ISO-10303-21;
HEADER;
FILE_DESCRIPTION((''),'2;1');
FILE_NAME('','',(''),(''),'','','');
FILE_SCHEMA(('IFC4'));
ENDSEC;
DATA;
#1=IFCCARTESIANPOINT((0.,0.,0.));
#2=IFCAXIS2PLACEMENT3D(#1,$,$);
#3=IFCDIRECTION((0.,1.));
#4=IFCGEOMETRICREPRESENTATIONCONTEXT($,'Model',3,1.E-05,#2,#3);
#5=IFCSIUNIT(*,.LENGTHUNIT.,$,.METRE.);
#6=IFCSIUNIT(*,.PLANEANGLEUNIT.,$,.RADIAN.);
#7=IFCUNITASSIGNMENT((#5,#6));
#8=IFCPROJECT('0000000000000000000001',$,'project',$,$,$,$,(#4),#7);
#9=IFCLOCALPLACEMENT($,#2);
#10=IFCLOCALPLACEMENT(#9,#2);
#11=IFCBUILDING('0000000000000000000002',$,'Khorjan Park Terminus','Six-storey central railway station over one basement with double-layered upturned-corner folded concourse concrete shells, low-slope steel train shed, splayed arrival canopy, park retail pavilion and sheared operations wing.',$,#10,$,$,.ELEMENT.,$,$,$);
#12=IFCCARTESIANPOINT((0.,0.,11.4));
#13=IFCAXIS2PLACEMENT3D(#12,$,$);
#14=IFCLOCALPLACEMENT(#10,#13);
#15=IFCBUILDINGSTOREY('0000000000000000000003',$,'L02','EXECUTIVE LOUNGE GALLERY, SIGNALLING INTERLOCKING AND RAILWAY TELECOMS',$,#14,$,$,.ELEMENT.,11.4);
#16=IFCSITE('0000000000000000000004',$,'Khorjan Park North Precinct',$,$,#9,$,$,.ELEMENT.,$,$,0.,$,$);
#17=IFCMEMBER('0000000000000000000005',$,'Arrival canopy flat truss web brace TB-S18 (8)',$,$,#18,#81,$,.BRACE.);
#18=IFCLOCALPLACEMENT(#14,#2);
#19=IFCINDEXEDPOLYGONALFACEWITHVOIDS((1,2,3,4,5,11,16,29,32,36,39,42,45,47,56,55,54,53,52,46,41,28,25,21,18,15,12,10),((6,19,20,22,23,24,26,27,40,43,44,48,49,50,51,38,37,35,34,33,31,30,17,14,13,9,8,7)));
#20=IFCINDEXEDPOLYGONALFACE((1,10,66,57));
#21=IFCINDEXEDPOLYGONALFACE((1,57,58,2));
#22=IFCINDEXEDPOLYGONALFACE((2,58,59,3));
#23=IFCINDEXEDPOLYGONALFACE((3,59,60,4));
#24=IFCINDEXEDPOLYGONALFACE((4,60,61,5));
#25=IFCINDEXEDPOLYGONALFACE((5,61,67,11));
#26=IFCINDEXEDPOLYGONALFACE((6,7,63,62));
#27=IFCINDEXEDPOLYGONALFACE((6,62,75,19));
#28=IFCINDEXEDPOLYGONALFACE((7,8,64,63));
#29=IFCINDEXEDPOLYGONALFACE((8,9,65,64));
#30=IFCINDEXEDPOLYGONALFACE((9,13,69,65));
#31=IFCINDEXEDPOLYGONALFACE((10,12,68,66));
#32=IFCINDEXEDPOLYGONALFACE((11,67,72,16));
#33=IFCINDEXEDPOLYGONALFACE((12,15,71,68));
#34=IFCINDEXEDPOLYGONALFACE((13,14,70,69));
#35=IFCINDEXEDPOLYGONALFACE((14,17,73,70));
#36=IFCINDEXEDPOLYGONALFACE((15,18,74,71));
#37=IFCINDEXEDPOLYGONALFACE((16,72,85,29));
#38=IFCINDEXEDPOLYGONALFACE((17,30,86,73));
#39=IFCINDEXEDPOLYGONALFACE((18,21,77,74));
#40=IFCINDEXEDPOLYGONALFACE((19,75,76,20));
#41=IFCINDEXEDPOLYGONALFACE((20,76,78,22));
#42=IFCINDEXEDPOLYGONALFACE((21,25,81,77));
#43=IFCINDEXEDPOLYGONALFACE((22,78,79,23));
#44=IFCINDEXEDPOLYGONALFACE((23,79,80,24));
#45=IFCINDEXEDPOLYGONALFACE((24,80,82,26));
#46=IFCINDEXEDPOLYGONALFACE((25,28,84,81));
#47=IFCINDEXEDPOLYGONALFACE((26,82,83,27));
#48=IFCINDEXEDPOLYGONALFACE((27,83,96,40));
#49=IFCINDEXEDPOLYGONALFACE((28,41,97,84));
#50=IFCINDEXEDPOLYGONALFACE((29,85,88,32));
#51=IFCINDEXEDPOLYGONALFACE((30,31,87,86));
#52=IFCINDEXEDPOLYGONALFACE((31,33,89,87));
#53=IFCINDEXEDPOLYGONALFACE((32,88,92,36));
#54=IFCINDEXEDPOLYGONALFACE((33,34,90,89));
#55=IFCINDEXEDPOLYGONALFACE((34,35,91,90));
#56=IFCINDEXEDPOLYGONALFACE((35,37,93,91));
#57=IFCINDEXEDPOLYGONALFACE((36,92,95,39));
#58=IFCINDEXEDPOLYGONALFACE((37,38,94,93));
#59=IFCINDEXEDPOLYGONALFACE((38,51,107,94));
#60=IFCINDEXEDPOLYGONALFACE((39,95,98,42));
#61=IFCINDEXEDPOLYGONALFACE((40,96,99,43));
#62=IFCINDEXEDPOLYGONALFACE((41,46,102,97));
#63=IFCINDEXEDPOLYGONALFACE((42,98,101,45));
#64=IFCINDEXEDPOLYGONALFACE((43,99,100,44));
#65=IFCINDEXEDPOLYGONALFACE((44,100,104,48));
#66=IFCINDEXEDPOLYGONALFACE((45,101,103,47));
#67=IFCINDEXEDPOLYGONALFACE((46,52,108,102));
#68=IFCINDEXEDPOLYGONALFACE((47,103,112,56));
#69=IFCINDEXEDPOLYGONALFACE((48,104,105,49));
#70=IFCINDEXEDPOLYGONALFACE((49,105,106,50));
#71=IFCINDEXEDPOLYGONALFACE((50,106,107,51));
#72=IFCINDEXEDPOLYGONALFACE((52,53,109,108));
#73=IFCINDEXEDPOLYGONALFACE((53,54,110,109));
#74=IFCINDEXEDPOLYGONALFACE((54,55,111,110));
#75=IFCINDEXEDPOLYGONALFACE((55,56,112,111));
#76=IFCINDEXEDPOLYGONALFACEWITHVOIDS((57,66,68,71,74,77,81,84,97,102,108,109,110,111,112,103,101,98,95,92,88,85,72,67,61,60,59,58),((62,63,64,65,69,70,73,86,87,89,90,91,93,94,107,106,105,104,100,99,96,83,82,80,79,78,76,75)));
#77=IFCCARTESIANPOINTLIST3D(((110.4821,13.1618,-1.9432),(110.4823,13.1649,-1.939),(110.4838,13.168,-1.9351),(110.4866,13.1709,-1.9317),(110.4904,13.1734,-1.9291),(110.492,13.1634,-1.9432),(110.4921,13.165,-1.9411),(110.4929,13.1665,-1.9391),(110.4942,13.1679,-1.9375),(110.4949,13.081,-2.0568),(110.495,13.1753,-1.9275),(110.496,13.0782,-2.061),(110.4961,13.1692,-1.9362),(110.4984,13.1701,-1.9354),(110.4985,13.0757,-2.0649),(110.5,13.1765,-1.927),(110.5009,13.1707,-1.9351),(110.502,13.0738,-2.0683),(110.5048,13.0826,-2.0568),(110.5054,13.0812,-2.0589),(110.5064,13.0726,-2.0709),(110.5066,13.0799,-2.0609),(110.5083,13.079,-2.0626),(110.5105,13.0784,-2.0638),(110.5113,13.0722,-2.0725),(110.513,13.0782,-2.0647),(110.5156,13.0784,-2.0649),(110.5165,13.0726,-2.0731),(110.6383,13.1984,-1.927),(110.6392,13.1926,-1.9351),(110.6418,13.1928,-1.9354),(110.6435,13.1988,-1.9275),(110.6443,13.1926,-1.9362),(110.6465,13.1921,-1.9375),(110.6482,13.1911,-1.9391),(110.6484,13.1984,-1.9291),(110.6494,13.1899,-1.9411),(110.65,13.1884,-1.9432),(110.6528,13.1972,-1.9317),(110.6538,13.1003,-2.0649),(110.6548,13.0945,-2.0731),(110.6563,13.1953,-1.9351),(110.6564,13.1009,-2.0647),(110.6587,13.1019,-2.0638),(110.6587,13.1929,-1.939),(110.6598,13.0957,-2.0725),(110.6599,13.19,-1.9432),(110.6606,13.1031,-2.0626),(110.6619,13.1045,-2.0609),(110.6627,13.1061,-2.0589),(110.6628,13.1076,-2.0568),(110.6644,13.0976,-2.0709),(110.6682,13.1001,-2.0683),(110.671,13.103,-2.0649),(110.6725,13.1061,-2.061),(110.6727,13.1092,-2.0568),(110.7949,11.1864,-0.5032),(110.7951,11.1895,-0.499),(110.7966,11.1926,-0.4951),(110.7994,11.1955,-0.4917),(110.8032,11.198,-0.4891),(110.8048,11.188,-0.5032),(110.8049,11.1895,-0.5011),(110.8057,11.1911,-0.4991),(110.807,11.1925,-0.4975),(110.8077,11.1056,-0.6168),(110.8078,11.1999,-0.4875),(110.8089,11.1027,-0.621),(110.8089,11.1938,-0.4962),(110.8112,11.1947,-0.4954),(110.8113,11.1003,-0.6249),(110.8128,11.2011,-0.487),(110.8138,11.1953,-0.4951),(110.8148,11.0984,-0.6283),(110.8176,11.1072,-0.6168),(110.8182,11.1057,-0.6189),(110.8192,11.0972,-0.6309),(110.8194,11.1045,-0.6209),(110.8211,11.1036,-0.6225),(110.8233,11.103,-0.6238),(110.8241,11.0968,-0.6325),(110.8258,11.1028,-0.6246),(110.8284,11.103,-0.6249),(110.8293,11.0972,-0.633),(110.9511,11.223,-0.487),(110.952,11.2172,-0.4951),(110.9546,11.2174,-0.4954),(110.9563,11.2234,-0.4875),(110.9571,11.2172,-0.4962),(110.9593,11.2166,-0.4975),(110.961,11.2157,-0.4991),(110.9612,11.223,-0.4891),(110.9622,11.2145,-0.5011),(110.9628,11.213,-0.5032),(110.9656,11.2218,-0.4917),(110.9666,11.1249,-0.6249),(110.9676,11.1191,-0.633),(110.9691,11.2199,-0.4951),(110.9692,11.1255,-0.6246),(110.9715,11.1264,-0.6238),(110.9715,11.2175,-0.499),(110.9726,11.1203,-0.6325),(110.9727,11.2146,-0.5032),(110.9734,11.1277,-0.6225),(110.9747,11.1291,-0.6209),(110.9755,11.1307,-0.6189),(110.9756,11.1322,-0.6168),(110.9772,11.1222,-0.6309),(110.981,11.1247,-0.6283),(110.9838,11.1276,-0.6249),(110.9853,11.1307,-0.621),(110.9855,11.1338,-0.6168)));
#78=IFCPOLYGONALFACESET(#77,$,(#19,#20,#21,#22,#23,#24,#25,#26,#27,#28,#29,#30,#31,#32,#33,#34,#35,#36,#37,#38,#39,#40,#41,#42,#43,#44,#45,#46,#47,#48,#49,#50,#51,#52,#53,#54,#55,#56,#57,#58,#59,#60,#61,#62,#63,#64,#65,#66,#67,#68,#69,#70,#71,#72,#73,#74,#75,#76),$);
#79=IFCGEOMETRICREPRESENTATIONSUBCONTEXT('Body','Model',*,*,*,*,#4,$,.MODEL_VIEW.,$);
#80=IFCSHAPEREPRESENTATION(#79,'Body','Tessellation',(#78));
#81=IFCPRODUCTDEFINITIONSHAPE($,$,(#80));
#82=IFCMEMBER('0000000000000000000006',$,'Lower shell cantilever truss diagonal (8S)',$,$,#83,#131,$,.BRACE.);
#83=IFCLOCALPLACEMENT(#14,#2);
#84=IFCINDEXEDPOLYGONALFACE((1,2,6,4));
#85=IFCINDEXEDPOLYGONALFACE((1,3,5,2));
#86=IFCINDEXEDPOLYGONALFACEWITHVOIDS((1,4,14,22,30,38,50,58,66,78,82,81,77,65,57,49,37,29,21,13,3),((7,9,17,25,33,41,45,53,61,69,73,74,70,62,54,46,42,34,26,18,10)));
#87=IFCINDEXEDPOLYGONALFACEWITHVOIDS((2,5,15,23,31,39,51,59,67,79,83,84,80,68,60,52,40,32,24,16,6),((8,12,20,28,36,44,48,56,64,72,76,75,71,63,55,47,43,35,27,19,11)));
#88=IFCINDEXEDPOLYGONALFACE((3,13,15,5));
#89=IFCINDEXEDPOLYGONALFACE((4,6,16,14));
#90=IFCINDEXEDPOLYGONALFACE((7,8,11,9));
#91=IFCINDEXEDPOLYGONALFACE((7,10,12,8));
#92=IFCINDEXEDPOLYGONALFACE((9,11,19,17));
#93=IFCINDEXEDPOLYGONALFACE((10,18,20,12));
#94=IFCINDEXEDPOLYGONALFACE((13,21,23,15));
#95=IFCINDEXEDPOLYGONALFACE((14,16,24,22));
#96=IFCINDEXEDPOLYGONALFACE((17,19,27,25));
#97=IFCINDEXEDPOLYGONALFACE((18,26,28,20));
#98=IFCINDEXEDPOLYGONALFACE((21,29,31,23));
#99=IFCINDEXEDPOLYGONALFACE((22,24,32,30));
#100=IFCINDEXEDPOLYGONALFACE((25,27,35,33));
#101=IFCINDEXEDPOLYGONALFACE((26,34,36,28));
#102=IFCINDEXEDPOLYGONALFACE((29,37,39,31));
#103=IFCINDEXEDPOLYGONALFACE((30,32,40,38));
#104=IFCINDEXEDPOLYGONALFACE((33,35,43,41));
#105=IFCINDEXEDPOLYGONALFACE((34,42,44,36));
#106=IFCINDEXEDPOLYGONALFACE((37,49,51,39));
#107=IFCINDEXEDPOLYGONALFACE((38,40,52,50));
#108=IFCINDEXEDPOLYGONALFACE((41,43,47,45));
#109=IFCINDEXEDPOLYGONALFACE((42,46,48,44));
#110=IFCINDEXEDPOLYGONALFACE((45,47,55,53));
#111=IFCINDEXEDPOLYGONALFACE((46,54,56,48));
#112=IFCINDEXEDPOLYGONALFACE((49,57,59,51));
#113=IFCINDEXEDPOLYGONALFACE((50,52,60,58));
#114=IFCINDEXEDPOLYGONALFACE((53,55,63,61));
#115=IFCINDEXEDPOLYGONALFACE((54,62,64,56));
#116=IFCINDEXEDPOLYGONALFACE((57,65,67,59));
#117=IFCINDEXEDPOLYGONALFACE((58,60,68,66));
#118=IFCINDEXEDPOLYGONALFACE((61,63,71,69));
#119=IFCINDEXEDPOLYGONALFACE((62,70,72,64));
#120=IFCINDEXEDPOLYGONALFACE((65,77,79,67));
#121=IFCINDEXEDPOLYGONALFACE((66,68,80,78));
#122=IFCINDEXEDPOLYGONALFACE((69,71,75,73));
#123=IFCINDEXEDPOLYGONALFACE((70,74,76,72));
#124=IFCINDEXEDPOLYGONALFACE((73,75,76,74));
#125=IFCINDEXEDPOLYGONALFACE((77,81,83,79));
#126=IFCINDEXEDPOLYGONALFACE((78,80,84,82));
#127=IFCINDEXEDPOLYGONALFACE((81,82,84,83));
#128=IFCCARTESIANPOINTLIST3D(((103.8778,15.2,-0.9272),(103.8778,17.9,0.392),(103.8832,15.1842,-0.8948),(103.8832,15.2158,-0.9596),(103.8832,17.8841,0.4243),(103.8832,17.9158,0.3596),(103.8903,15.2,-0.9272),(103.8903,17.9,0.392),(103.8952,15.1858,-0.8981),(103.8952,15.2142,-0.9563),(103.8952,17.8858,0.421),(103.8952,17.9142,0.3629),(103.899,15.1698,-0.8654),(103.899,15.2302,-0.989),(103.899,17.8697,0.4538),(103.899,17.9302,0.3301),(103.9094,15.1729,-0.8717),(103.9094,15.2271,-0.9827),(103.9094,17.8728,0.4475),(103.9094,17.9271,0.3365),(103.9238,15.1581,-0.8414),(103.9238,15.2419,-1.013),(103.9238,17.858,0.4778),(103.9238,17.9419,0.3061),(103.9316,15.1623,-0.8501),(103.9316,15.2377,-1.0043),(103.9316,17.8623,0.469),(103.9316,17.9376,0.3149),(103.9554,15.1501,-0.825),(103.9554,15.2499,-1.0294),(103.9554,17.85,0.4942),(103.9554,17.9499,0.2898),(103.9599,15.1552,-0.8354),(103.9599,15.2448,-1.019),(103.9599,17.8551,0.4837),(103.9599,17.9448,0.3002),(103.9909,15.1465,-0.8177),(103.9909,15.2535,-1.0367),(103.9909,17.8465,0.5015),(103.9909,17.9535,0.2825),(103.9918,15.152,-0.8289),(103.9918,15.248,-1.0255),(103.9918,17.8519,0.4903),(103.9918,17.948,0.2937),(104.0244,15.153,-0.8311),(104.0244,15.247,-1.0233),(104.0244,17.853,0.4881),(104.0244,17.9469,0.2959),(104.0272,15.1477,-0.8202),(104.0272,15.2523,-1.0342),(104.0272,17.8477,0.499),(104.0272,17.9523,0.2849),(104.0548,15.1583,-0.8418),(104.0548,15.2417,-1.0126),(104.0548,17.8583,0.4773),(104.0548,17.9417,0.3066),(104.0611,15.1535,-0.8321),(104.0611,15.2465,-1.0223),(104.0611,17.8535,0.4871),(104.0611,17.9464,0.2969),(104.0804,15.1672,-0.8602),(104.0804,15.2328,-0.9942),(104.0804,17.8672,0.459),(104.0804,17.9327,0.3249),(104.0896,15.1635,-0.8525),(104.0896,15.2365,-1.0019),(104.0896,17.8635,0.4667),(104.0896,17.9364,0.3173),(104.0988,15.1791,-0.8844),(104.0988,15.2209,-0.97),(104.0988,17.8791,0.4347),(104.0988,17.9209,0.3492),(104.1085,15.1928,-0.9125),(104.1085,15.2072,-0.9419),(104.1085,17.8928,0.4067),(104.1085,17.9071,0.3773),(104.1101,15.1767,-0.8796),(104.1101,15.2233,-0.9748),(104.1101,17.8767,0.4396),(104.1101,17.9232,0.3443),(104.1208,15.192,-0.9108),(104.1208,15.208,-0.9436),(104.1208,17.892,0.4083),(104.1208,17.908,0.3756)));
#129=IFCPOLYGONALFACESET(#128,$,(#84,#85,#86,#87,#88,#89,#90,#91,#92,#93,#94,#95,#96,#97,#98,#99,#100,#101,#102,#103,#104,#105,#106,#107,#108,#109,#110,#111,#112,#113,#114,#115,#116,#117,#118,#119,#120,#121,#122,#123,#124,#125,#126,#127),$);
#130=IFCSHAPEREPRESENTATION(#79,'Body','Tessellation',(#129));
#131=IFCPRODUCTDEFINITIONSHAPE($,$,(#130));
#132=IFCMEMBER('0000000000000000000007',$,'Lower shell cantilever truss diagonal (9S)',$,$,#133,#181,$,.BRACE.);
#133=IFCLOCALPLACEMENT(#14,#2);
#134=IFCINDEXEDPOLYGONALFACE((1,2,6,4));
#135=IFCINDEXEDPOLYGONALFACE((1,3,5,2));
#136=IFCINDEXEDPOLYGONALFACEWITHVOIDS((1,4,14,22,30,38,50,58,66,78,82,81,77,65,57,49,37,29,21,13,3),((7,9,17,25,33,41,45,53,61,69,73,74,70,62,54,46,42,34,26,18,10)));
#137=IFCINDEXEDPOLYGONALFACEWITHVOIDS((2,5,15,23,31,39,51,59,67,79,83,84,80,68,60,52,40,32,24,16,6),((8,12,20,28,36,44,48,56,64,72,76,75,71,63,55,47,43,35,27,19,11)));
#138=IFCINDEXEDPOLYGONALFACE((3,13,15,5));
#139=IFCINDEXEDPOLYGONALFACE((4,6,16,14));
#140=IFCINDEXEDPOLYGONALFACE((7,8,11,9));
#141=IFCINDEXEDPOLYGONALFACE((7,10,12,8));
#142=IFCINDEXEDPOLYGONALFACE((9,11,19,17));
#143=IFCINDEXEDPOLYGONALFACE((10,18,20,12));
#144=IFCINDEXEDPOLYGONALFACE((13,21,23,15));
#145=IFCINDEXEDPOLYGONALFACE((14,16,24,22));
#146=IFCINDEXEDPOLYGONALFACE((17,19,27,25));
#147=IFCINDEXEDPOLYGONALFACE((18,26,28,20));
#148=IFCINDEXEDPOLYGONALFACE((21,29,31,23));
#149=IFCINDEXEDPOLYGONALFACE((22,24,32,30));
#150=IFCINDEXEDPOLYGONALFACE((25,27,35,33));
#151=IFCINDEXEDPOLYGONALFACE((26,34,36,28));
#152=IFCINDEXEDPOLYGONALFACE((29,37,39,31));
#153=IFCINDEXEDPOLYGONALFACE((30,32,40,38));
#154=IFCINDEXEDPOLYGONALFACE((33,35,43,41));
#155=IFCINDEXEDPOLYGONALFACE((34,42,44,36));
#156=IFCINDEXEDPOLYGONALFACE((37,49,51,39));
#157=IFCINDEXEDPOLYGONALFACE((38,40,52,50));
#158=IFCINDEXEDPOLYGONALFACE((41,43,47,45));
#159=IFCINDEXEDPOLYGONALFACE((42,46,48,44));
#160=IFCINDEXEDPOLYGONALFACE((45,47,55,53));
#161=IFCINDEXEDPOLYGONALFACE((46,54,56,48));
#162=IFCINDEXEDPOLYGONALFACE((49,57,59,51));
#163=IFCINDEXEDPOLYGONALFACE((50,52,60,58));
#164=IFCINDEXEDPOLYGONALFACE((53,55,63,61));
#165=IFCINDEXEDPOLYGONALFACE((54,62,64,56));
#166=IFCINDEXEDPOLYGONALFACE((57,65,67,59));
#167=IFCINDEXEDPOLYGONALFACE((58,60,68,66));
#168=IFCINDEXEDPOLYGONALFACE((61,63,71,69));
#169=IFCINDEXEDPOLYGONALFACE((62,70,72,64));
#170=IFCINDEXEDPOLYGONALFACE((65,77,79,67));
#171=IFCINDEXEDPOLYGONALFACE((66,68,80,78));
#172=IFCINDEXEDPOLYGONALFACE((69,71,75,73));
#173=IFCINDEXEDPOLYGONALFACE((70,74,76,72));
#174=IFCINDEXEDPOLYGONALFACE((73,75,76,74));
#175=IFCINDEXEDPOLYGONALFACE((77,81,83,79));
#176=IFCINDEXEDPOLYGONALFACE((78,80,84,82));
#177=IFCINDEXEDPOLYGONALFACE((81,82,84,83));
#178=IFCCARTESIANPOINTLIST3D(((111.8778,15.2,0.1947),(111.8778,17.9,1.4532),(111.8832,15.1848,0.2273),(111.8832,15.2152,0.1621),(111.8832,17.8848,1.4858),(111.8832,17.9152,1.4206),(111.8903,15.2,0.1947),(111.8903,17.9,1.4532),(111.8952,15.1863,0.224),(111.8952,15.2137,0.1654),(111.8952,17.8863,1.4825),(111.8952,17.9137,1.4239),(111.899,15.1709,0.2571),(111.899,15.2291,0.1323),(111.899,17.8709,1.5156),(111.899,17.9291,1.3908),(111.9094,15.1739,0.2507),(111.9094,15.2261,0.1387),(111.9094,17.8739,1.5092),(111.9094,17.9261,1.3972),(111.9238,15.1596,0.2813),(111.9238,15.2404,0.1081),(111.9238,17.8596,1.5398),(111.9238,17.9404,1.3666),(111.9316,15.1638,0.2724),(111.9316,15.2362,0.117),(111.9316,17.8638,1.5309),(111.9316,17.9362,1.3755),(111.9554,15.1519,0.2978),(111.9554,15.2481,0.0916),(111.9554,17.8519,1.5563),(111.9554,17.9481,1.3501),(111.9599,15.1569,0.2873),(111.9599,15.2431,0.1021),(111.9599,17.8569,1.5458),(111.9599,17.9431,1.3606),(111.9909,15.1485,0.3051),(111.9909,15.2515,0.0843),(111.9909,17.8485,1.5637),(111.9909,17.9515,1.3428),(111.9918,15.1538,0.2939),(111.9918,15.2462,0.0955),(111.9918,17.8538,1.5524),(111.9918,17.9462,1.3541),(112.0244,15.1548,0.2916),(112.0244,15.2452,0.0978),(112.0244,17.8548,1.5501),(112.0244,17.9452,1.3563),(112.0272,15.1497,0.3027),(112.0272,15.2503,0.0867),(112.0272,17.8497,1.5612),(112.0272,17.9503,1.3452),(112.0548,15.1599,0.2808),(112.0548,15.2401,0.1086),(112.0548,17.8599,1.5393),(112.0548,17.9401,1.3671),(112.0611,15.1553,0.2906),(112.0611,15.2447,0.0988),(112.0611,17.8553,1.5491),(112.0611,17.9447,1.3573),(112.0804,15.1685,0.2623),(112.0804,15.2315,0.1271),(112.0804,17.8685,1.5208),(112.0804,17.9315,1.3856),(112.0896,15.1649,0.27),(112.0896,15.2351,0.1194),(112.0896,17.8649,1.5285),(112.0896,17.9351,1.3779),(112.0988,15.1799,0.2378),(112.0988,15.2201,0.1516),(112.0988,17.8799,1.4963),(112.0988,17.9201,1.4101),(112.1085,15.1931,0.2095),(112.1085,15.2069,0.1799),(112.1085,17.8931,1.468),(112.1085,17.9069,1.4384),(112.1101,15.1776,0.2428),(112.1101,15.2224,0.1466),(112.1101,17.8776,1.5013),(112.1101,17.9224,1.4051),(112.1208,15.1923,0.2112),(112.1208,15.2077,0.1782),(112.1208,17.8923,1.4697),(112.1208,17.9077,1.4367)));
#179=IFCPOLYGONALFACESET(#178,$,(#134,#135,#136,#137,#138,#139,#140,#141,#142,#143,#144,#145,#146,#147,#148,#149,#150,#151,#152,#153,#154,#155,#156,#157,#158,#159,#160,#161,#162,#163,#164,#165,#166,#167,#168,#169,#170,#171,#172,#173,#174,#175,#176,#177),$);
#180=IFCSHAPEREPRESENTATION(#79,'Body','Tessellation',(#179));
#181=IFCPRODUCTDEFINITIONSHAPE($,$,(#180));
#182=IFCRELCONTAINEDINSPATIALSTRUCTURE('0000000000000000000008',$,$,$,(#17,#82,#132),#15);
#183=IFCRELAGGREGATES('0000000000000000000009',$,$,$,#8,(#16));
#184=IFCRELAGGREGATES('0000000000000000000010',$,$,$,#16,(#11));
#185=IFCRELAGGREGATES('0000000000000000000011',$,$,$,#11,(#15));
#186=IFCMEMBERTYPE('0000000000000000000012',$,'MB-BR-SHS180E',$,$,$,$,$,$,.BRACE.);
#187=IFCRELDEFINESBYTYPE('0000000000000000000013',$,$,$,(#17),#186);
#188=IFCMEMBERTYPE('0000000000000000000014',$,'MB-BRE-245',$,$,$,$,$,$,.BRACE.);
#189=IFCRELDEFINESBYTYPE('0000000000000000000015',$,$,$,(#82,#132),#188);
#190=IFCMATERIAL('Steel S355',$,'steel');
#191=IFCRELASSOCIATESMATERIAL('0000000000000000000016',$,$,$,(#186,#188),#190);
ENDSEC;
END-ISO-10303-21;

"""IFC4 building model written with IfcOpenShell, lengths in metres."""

from ifc_helpers import new_model, si_unit, direction, frame, origin, origin_2d, place, context, subcontext, project, spatial, hollow_rectangle, hollow_circle, extrude, material, material_profile, profile_set, type_object, element, save


model = new_model("IFC4")

# Units and contexts
model_context = context("Model", 3, precision=1e-05, world=origin(), true_north=direction((0.0, 1.0)))
body_context = subcontext(model_context, "Body", "Model", "MODEL_VIEW")
ifc_project = project(units=[si_unit("LENGTHUNIT", "METRE"), si_unit("PLANEANGLEUNIT", "RADIAN")], contexts=[model_context])

# Site, building, storey
site_placement = place(None, origin())
site = spatial("IfcSite", under=ifc_project, at=site_placement, Name="Khorjan Park North Precinct", CompositionType="ELEMENT", RefElevation=0.0)
building_placement = place(site_placement, origin())
building = spatial("IfcBuilding", under=site, at=building_placement, Name="Khorjan Park Terminus", Description="Six-storey central railway station over one basement with double-layered upturned-corner folded concourse concrete shells, low-slope steel train shed, splayed arrival canopy, park retail pavilion and sheared operations wing.", CompositionType="ELEMENT")
storey_placement = place(building_placement, frame((0.0, 0.0, 11.4)))
storey = spatial("IfcBuildingStorey", under=building, at=storey_placement, Name="L02", Description="EXECUTIVE LOUNGE GALLERY, SIGNALLING INTERLOCKING AND RAILWAY TELECOMS", CompositionType="ELEMENT", Elevation=11.4)

# Members
ifc_material_1 = material(Name="Steel S355", Category="steel")
ifc_material_profile_1 = material_profile(ifc_material_1, hollow_rectangle(XDim=0.18, YDim=0.18, WallThickness=0.01, InnerFilletRadius=0.01, OuterFilletRadius=0.02, at=origin_2d()), Name="SHS 180x180x10")
ifc_profile_set_1 = profile_set([ifc_material_profile_1], Name="Steel S355")
member_type_1 = type_object("IfcMemberType", Name="MB-BR-SHS180E", PredefinedType="BRACE", material=ifc_profile_set_1)
for number, where, z_axis, x_axis, name in (
    (1, (110.8902, 11.1601, -0.56), (-0.126923, 0.801549, -0.584302), (-0.987694, -0.156399, 0.0), "Arrival canopy flat truss web brace TB-S18 (8)"),
):
    element("IfcMember", number, at=place(storey_placement, frame(where, z_axis=z_axis, x_axis=x_axis)), inside=storey, type_object=member_type_1, Name=name, PredefinedType="BRACE", context=body_context, shape_type="SweptSolid", body=[
        extrude(hollow_rectangle(XDim=0.18, YDim=0.18, WallThickness=0.01, InnerFilletRadius=0.01, OuterFilletRadius=0.02, at=origin_2d()), origin(), (0.0, 0.0, 1.0), 2.4645),
    ])
ifc_material_profile_2 = material_profile(ifc_material_1, hollow_circle(Radius=0.1222, WallThickness=0.0125, at=origin_2d()), Name="CHS 244.5x12.5")
ifc_profile_set_2 = profile_set([ifc_material_profile_2], Name="Steel S355")
member_type_2 = type_object("IfcMemberType", Name="MB-BRE-245", PredefinedType="BRACE", material=ifc_profile_set_2)
member_1_placement = place(storey_placement, frame((104.0, 15.2, -0.9272), z_axis=(0.0, 0.898489, 0.438995), x_axis=(-1.0, 0.0, 0.0)))
element("IfcMember", 2, at=member_1_placement, inside=storey, type_object=member_type_2, Name="Lower shell cantilever truss diagonal (8S)", PredefinedType="BRACE", context=body_context, shape_type="SweptSolid", body=[
    extrude(hollow_circle(Radius=0.1222, WallThickness=0.0125, at=origin_2d()), origin(), (0.0, 0.0, 1.0), 3.005),
])
member_2_placement = place(storey_placement, frame((112.0, 15.2, 0.1947), z_axis=(0.0, 0.906376, 0.422472), x_axis=(-1.0, 0.0, 0.0)))
element("IfcMember", 3, at=member_2_placement, inside=storey, type_object=member_type_2, Name="Lower shell cantilever truss diagonal (9S)", PredefinedType="BRACE", context=body_context, shape_type="SweptSolid", body=[
    extrude(hollow_circle(Radius=0.1222, WallThickness=0.0125, at=origin_2d()), origin(), (0.0, 0.0, 1.0), 2.9789),
])

save(model, "model.ifc")
